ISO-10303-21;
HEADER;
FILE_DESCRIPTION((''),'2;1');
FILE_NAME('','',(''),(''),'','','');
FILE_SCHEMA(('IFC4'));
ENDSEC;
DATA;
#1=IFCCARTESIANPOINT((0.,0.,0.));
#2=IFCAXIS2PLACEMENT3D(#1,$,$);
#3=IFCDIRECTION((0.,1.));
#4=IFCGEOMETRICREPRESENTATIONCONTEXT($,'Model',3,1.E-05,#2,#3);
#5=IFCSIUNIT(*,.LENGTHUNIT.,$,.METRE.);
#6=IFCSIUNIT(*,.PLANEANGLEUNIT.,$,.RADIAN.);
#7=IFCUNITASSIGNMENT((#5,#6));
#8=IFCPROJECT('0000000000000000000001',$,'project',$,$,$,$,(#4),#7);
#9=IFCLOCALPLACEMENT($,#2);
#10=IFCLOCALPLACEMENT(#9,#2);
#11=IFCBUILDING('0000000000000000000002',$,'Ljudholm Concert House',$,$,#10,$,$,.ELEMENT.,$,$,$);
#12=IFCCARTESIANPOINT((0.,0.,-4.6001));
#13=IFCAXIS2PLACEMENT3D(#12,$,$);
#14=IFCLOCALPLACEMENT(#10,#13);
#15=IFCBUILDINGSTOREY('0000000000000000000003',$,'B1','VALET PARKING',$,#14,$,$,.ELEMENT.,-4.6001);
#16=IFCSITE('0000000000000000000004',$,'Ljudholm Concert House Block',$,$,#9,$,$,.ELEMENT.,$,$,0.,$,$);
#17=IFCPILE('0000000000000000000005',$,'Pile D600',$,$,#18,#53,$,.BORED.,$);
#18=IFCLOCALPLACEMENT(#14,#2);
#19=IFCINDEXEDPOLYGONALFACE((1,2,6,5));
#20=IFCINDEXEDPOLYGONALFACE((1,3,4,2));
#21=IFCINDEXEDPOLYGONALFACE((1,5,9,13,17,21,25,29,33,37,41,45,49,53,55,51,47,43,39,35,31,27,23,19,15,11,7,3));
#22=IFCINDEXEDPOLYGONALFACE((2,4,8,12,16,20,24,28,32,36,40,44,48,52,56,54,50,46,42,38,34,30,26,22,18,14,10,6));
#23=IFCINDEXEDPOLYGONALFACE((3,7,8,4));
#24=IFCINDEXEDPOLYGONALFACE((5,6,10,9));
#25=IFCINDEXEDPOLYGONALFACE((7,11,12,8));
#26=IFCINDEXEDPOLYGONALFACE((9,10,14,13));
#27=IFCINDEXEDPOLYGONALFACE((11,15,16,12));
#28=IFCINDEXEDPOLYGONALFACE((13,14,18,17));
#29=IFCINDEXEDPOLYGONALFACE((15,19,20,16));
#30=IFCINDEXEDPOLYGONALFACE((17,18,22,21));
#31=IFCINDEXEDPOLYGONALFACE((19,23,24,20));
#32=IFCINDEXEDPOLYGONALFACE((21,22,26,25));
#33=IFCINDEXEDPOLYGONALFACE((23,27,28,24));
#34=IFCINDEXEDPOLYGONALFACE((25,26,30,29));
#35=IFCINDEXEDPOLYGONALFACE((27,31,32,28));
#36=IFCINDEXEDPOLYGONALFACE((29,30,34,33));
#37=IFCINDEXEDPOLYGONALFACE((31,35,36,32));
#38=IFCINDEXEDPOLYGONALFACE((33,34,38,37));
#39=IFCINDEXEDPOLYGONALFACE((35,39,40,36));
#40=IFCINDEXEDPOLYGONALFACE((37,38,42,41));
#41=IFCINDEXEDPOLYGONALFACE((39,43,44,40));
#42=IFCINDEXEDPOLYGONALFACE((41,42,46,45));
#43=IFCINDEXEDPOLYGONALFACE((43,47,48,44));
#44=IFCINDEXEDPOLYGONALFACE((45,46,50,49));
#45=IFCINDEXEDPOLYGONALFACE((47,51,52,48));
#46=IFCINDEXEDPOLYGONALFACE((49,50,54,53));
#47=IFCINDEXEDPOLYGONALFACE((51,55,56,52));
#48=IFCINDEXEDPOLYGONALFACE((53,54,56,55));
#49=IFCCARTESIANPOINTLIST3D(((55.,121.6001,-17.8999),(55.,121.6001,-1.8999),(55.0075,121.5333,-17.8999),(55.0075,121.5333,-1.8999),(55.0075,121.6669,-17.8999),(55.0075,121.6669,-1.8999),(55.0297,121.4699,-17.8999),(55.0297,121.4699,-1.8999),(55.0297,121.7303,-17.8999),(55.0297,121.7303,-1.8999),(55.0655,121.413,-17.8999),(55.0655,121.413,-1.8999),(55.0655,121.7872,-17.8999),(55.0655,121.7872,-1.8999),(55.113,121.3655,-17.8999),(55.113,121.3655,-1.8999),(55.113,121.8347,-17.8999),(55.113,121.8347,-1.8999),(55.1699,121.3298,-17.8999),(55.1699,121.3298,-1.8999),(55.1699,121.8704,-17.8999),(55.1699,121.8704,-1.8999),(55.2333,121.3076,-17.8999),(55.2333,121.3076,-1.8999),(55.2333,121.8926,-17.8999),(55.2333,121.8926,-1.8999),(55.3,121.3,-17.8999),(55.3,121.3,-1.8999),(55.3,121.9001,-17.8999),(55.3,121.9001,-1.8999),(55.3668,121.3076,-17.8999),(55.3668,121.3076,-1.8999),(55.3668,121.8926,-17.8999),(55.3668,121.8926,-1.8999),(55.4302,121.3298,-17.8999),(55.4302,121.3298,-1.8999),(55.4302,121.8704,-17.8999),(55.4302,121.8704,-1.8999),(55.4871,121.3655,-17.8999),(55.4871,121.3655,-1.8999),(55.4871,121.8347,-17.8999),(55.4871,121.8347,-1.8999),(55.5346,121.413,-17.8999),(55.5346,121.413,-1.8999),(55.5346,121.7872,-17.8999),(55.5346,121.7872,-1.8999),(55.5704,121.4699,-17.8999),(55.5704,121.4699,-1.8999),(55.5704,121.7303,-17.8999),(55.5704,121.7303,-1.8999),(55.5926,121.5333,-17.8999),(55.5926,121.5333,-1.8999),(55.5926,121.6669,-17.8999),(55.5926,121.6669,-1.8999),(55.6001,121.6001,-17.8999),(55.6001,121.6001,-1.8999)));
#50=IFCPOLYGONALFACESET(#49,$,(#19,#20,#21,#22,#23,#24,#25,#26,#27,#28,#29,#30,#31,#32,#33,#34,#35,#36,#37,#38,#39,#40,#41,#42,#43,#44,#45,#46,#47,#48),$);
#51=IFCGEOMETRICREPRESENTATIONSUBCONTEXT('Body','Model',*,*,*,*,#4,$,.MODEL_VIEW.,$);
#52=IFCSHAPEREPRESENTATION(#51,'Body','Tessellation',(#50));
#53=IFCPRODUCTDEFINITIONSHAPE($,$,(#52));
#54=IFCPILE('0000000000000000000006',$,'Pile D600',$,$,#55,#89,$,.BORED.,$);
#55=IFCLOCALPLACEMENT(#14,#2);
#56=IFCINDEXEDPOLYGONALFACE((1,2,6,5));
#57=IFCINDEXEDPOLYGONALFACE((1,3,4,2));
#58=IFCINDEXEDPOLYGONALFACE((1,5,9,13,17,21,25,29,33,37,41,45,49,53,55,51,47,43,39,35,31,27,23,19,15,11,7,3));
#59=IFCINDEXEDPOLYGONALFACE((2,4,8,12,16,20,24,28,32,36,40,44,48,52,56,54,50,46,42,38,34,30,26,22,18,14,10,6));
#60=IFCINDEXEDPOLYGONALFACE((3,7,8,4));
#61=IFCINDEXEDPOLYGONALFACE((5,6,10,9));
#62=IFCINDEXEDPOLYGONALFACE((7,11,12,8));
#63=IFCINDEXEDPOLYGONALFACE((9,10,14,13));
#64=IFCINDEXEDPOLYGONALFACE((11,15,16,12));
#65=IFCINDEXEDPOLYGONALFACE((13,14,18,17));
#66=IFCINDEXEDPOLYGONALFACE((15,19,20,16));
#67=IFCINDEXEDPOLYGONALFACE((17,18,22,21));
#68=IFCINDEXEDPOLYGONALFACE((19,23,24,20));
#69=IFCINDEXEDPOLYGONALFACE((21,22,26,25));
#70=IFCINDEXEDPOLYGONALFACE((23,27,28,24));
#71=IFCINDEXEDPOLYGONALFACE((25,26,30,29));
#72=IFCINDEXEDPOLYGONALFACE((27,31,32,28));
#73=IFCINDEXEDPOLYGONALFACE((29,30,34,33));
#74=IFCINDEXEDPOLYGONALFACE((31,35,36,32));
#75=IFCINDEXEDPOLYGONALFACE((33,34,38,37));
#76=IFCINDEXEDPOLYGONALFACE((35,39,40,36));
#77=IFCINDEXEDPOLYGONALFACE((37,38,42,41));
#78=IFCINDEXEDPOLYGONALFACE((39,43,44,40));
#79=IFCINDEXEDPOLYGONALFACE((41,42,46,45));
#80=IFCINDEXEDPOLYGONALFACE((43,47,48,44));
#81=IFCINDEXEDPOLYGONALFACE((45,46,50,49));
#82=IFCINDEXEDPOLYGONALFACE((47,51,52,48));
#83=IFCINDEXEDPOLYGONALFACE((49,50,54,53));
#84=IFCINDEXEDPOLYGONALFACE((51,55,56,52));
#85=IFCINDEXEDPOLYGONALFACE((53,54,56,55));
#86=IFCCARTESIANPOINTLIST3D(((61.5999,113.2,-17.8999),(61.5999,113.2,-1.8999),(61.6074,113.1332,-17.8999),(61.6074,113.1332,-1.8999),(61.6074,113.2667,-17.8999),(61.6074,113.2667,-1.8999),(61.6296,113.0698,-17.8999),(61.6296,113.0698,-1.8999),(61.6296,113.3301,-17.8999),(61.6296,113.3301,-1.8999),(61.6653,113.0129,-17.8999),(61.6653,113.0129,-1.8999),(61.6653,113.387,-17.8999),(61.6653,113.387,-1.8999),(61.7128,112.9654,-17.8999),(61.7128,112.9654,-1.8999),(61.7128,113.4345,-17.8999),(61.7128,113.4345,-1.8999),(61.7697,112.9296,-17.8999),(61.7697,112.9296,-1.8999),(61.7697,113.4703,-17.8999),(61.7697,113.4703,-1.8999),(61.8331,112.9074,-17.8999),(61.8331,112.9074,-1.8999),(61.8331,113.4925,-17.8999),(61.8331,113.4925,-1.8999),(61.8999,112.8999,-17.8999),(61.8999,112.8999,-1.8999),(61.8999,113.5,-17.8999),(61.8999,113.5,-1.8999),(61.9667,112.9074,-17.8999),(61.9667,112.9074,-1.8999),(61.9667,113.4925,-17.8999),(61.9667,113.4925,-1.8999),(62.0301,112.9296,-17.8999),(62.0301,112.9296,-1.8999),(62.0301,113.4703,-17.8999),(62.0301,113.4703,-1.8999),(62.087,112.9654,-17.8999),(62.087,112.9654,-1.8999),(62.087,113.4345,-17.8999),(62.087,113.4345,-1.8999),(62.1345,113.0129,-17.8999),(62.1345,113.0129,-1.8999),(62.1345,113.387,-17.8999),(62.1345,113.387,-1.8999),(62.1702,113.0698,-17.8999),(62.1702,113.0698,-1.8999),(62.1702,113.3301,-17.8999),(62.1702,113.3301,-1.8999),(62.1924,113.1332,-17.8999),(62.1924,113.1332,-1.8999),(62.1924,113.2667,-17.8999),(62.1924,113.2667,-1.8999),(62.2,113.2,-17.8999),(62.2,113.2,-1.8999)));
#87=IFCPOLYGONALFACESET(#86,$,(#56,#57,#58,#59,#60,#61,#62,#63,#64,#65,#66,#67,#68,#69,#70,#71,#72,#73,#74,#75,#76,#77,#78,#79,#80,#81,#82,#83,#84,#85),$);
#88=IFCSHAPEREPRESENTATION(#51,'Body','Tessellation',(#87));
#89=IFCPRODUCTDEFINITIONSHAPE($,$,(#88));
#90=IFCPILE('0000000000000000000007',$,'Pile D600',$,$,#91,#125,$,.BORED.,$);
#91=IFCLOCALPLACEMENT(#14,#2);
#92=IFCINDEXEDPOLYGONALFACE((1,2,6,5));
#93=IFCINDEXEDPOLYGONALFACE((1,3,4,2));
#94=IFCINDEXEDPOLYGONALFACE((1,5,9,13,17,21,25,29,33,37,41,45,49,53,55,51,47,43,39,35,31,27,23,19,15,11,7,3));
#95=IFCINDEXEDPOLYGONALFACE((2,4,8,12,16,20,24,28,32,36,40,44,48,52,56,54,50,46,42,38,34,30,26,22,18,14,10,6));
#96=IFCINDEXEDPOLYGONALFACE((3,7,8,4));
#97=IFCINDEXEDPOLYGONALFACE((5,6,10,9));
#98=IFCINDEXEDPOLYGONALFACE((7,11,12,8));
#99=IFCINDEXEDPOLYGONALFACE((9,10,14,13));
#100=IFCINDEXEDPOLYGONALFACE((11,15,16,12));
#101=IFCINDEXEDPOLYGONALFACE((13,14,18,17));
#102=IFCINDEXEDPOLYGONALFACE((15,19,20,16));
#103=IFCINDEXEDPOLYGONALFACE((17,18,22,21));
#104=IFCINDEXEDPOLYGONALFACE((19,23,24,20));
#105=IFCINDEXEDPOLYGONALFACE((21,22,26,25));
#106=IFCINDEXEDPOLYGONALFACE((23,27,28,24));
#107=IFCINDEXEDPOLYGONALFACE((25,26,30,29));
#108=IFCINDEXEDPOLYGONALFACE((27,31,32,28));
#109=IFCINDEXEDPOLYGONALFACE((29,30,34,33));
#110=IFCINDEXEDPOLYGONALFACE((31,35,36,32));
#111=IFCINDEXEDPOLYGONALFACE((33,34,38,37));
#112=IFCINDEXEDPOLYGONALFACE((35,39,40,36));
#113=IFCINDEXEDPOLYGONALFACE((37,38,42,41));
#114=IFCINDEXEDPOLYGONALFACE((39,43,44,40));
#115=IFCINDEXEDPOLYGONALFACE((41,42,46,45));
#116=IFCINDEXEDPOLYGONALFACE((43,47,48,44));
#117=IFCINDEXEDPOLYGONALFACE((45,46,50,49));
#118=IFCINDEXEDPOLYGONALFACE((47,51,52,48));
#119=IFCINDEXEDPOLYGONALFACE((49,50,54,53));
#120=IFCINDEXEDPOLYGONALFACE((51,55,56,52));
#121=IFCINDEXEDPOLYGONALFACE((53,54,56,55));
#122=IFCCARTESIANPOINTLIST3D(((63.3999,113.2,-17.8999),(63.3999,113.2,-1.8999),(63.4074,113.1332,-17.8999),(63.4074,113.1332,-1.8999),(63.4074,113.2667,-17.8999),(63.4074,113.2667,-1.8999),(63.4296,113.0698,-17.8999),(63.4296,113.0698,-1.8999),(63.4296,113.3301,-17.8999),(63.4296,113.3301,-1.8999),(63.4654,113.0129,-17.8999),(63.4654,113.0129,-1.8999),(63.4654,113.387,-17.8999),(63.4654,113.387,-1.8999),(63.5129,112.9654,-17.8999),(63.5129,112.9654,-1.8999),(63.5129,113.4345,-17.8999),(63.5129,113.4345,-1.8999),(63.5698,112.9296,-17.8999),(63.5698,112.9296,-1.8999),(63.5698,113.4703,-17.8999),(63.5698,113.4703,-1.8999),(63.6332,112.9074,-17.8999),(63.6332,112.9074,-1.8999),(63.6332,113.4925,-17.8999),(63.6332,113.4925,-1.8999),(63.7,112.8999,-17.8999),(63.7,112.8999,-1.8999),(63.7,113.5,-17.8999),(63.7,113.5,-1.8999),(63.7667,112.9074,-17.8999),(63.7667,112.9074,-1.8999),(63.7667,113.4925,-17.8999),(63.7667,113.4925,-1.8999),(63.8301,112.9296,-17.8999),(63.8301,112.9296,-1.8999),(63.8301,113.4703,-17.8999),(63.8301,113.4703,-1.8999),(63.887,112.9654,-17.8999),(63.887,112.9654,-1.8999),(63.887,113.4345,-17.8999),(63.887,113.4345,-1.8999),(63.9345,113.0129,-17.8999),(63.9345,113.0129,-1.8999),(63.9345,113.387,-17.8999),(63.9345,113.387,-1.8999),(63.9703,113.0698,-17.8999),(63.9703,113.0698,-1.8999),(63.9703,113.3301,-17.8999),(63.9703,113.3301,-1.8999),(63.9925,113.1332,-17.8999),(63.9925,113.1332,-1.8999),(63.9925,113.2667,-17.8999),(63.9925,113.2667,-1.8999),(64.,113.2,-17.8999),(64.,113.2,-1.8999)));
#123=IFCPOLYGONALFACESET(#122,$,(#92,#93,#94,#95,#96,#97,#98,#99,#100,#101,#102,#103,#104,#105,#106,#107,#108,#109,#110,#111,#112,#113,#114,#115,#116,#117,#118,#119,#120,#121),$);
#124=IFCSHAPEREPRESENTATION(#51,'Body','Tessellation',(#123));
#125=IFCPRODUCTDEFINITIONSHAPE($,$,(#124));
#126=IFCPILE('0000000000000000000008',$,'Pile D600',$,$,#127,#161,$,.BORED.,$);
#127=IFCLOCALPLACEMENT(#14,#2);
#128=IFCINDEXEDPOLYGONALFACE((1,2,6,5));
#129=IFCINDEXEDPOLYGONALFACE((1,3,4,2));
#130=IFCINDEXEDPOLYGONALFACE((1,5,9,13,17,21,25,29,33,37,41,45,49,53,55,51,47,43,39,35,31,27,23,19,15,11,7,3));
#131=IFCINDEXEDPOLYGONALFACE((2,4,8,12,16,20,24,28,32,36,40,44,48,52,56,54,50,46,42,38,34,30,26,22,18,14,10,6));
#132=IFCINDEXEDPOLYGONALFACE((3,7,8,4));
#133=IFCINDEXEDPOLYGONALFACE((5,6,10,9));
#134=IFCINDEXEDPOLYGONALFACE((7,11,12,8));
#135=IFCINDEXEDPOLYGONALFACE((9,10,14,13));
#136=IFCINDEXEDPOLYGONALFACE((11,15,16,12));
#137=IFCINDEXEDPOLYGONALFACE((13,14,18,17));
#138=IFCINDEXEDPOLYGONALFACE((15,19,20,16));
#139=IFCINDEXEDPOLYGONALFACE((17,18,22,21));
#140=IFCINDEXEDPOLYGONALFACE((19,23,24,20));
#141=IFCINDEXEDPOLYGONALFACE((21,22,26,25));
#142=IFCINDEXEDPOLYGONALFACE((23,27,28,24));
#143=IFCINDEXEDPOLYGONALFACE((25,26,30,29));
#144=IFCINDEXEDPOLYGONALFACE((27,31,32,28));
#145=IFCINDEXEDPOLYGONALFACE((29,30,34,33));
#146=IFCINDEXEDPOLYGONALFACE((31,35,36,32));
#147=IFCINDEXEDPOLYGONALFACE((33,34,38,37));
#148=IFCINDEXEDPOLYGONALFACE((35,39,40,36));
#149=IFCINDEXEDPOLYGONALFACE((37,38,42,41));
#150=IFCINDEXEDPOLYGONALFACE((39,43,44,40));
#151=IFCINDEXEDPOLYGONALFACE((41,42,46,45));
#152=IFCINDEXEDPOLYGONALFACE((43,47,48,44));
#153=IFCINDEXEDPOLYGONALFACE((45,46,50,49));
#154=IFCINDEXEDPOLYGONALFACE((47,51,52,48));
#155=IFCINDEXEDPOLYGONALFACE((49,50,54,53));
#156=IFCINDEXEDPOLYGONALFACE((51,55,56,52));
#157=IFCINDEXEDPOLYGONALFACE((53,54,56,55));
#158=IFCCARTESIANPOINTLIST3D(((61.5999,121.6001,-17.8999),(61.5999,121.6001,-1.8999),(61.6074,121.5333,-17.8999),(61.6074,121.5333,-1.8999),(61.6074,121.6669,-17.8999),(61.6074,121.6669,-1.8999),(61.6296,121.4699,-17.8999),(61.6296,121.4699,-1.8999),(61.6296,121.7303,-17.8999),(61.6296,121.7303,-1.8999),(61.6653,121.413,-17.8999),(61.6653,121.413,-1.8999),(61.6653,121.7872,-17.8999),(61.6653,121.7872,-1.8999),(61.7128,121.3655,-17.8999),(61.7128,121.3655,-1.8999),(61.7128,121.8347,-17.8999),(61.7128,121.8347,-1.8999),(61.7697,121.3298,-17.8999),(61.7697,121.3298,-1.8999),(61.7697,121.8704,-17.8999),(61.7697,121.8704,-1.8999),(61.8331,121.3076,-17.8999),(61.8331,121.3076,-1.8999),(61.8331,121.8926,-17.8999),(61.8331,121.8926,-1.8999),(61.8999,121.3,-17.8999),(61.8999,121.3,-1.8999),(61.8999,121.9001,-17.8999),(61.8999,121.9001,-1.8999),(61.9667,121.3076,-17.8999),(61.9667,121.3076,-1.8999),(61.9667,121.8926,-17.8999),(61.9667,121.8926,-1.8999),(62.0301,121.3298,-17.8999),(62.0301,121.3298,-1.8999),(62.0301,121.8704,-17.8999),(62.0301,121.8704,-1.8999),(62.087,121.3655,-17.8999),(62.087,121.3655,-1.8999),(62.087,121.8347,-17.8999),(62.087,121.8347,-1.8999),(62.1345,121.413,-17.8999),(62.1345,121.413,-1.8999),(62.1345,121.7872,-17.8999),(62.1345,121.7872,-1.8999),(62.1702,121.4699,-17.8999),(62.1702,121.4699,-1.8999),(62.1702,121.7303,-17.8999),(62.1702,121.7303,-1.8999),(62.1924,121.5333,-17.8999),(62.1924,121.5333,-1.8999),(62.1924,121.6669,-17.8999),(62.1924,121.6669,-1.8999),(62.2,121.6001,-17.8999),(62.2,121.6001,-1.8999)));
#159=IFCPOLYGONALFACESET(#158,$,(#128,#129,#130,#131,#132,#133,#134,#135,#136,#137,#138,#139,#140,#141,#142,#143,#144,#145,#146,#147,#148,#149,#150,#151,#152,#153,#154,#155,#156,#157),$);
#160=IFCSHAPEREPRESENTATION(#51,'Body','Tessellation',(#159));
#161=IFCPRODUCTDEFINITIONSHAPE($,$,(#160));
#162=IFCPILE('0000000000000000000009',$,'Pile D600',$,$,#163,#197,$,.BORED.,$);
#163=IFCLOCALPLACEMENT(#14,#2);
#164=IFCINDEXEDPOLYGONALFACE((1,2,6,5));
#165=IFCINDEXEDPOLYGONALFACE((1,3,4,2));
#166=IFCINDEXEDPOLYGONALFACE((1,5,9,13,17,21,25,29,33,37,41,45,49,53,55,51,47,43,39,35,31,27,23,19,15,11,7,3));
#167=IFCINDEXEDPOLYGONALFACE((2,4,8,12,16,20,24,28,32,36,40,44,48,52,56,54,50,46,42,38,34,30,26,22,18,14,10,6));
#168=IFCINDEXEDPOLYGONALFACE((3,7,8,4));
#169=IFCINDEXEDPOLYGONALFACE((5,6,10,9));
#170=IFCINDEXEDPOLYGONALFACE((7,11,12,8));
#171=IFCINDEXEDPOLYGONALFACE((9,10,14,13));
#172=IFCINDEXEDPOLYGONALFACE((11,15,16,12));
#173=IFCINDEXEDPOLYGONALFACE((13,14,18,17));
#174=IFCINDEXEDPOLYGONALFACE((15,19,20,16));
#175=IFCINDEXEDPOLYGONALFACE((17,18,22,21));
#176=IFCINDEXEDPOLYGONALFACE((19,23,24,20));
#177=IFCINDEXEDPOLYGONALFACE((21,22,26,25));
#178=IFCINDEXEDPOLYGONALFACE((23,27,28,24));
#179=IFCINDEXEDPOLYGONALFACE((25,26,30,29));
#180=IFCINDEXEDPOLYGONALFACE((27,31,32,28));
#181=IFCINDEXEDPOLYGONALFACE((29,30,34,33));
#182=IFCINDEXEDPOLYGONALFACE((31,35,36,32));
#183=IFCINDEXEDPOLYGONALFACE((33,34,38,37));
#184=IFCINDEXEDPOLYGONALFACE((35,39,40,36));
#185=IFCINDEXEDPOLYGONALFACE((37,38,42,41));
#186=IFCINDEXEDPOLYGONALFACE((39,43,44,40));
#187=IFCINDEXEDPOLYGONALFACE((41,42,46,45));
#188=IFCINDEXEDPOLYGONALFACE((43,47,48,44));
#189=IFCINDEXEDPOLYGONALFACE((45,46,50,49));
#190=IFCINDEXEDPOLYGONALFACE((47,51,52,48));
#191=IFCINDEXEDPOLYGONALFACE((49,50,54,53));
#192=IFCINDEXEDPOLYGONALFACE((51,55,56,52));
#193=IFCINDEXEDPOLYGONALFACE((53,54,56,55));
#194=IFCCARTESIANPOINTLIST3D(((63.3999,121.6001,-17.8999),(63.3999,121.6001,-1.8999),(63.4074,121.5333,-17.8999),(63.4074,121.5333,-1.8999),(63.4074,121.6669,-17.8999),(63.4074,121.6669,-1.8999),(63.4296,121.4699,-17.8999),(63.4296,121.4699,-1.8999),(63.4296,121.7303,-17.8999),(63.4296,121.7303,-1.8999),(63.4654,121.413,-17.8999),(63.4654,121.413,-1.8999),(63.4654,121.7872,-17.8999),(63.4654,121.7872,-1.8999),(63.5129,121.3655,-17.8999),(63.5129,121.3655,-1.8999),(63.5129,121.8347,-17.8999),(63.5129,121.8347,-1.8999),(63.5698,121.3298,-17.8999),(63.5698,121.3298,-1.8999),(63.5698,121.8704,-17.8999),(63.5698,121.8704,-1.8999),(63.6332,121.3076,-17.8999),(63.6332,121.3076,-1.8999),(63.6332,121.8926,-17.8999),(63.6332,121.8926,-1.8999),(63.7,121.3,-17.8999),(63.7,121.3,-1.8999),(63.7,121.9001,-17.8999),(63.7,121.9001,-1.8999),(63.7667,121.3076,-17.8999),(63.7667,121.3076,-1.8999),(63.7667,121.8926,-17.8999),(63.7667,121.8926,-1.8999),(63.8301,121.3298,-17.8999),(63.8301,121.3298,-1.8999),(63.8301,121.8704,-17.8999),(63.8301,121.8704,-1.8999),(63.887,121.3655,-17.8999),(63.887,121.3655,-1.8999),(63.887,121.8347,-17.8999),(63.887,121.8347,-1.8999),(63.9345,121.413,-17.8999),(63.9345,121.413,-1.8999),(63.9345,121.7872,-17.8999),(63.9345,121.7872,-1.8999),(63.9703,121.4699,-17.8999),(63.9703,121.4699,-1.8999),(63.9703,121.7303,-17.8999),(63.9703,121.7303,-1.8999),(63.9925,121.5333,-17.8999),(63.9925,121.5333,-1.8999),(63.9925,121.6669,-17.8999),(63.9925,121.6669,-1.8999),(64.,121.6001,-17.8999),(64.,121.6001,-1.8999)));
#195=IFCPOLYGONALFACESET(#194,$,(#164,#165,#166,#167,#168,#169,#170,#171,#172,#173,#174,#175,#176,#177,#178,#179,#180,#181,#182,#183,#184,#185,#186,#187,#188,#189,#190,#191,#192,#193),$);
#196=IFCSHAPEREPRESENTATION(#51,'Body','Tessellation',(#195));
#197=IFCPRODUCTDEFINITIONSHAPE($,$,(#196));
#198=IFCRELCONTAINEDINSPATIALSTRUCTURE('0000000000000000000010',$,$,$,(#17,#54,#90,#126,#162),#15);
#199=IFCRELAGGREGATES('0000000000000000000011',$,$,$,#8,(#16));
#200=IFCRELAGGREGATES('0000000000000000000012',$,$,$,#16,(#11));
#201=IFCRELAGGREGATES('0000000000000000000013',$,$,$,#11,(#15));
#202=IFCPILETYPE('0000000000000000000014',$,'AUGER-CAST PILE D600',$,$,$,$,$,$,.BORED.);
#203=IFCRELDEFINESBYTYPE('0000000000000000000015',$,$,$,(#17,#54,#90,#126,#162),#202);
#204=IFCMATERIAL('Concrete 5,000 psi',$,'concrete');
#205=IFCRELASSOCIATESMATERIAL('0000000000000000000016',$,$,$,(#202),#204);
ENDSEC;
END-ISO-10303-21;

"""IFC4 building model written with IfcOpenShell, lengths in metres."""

from ifc_helpers import new_model, si_unit, direction, frame, origin, origin_2d, place, context, subcontext, project, spatial, circle, extrude, material, material_profile, profile_set, type_object, element, save


model = new_model("IFC4")

# Units and contexts
model_context = context("Model", 3, precision=1e-05, world=origin(), true_north=direction((0.0, 1.0)))
body_context = subcontext(model_context, "Body", "Model", "MODEL_VIEW")
ifc_project = project(units=[si_unit("LENGTHUNIT", "METRE"), si_unit("PLANEANGLEUNIT", "RADIAN")], contexts=[model_context])

# Site, building, storey
site_placement = place(None, origin())
site = spatial("IfcSite", under=ifc_project, at=site_placement, Name="Ljudholm Concert House Block", CompositionType="ELEMENT", RefElevation=0.0)
building_placement = place(site_placement, origin())
building = spatial("IfcBuilding", under=site, at=building_placement, Name="Ljudholm Concert House", CompositionType="ELEMENT")
storey_placement = place(building_placement, frame((0.0, 0.0, -4.6001)))
storey = spatial("IfcBuildingStorey", under=building, at=storey_placement, Name="B1", Description="VALET PARKING", CompositionType="ELEMENT", Elevation=-4.6001)

# Piles
ifc_material_1 = material(Name="Concrete 5,000 psi", Category="concrete")
ifc_material_profile_1 = material_profile(ifc_material_1, circle(Radius=0.3, at=origin_2d()), Name="AUGER-CAST PILE D600")
ifc_profile_set_1 = profile_set([ifc_material_profile_1], Name="Concrete 5,000 psi")
pile_type = type_object("IfcPileType", Name="AUGER-CAST PILE D600", PredefinedType="BORED", material=ifc_profile_set_1)
for number, where, z_axis, x_axis, name in (
    (1, (55.3, 121.6001, -1.8999), (0.0, 0.0, -1.0), (1.0, 0.0, 0.0), "Pile D600"),
    (2, (61.8999, 113.2, -1.8999), (0.0, 0.0, -1.0), (1.0, 0.0, 0.0), "Pile D600"),
    (3, (63.7, 113.2, -1.8999), (0.0, 0.0, -1.0), (1.0, 0.0, 0.0), "Pile D600"),
    (4, (61.8999, 121.6001, -1.8999), (0.0, 0.0, -1.0), (1.0, 0.0, 0.0), "Pile D600"),
    (5, (63.7, 121.6001, -1.8999), (0.0, 0.0, -1.0), (1.0, 0.0, 0.0), "Pile D600"),
):
    element("IfcPile", number, at=place(storey_placement, frame(where, z_axis=z_axis, x_axis=x_axis)), inside=storey, type_object=pile_type, Name=name, PredefinedType="BORED", context=body_context, shape_type="SweptSolid", body=[
        extrude(circle(Radius=0.3, at=origin_2d()), origin(), (0.0, 0.0, 1.0), 16.0),
    ])

save(model, "model.ifc")
